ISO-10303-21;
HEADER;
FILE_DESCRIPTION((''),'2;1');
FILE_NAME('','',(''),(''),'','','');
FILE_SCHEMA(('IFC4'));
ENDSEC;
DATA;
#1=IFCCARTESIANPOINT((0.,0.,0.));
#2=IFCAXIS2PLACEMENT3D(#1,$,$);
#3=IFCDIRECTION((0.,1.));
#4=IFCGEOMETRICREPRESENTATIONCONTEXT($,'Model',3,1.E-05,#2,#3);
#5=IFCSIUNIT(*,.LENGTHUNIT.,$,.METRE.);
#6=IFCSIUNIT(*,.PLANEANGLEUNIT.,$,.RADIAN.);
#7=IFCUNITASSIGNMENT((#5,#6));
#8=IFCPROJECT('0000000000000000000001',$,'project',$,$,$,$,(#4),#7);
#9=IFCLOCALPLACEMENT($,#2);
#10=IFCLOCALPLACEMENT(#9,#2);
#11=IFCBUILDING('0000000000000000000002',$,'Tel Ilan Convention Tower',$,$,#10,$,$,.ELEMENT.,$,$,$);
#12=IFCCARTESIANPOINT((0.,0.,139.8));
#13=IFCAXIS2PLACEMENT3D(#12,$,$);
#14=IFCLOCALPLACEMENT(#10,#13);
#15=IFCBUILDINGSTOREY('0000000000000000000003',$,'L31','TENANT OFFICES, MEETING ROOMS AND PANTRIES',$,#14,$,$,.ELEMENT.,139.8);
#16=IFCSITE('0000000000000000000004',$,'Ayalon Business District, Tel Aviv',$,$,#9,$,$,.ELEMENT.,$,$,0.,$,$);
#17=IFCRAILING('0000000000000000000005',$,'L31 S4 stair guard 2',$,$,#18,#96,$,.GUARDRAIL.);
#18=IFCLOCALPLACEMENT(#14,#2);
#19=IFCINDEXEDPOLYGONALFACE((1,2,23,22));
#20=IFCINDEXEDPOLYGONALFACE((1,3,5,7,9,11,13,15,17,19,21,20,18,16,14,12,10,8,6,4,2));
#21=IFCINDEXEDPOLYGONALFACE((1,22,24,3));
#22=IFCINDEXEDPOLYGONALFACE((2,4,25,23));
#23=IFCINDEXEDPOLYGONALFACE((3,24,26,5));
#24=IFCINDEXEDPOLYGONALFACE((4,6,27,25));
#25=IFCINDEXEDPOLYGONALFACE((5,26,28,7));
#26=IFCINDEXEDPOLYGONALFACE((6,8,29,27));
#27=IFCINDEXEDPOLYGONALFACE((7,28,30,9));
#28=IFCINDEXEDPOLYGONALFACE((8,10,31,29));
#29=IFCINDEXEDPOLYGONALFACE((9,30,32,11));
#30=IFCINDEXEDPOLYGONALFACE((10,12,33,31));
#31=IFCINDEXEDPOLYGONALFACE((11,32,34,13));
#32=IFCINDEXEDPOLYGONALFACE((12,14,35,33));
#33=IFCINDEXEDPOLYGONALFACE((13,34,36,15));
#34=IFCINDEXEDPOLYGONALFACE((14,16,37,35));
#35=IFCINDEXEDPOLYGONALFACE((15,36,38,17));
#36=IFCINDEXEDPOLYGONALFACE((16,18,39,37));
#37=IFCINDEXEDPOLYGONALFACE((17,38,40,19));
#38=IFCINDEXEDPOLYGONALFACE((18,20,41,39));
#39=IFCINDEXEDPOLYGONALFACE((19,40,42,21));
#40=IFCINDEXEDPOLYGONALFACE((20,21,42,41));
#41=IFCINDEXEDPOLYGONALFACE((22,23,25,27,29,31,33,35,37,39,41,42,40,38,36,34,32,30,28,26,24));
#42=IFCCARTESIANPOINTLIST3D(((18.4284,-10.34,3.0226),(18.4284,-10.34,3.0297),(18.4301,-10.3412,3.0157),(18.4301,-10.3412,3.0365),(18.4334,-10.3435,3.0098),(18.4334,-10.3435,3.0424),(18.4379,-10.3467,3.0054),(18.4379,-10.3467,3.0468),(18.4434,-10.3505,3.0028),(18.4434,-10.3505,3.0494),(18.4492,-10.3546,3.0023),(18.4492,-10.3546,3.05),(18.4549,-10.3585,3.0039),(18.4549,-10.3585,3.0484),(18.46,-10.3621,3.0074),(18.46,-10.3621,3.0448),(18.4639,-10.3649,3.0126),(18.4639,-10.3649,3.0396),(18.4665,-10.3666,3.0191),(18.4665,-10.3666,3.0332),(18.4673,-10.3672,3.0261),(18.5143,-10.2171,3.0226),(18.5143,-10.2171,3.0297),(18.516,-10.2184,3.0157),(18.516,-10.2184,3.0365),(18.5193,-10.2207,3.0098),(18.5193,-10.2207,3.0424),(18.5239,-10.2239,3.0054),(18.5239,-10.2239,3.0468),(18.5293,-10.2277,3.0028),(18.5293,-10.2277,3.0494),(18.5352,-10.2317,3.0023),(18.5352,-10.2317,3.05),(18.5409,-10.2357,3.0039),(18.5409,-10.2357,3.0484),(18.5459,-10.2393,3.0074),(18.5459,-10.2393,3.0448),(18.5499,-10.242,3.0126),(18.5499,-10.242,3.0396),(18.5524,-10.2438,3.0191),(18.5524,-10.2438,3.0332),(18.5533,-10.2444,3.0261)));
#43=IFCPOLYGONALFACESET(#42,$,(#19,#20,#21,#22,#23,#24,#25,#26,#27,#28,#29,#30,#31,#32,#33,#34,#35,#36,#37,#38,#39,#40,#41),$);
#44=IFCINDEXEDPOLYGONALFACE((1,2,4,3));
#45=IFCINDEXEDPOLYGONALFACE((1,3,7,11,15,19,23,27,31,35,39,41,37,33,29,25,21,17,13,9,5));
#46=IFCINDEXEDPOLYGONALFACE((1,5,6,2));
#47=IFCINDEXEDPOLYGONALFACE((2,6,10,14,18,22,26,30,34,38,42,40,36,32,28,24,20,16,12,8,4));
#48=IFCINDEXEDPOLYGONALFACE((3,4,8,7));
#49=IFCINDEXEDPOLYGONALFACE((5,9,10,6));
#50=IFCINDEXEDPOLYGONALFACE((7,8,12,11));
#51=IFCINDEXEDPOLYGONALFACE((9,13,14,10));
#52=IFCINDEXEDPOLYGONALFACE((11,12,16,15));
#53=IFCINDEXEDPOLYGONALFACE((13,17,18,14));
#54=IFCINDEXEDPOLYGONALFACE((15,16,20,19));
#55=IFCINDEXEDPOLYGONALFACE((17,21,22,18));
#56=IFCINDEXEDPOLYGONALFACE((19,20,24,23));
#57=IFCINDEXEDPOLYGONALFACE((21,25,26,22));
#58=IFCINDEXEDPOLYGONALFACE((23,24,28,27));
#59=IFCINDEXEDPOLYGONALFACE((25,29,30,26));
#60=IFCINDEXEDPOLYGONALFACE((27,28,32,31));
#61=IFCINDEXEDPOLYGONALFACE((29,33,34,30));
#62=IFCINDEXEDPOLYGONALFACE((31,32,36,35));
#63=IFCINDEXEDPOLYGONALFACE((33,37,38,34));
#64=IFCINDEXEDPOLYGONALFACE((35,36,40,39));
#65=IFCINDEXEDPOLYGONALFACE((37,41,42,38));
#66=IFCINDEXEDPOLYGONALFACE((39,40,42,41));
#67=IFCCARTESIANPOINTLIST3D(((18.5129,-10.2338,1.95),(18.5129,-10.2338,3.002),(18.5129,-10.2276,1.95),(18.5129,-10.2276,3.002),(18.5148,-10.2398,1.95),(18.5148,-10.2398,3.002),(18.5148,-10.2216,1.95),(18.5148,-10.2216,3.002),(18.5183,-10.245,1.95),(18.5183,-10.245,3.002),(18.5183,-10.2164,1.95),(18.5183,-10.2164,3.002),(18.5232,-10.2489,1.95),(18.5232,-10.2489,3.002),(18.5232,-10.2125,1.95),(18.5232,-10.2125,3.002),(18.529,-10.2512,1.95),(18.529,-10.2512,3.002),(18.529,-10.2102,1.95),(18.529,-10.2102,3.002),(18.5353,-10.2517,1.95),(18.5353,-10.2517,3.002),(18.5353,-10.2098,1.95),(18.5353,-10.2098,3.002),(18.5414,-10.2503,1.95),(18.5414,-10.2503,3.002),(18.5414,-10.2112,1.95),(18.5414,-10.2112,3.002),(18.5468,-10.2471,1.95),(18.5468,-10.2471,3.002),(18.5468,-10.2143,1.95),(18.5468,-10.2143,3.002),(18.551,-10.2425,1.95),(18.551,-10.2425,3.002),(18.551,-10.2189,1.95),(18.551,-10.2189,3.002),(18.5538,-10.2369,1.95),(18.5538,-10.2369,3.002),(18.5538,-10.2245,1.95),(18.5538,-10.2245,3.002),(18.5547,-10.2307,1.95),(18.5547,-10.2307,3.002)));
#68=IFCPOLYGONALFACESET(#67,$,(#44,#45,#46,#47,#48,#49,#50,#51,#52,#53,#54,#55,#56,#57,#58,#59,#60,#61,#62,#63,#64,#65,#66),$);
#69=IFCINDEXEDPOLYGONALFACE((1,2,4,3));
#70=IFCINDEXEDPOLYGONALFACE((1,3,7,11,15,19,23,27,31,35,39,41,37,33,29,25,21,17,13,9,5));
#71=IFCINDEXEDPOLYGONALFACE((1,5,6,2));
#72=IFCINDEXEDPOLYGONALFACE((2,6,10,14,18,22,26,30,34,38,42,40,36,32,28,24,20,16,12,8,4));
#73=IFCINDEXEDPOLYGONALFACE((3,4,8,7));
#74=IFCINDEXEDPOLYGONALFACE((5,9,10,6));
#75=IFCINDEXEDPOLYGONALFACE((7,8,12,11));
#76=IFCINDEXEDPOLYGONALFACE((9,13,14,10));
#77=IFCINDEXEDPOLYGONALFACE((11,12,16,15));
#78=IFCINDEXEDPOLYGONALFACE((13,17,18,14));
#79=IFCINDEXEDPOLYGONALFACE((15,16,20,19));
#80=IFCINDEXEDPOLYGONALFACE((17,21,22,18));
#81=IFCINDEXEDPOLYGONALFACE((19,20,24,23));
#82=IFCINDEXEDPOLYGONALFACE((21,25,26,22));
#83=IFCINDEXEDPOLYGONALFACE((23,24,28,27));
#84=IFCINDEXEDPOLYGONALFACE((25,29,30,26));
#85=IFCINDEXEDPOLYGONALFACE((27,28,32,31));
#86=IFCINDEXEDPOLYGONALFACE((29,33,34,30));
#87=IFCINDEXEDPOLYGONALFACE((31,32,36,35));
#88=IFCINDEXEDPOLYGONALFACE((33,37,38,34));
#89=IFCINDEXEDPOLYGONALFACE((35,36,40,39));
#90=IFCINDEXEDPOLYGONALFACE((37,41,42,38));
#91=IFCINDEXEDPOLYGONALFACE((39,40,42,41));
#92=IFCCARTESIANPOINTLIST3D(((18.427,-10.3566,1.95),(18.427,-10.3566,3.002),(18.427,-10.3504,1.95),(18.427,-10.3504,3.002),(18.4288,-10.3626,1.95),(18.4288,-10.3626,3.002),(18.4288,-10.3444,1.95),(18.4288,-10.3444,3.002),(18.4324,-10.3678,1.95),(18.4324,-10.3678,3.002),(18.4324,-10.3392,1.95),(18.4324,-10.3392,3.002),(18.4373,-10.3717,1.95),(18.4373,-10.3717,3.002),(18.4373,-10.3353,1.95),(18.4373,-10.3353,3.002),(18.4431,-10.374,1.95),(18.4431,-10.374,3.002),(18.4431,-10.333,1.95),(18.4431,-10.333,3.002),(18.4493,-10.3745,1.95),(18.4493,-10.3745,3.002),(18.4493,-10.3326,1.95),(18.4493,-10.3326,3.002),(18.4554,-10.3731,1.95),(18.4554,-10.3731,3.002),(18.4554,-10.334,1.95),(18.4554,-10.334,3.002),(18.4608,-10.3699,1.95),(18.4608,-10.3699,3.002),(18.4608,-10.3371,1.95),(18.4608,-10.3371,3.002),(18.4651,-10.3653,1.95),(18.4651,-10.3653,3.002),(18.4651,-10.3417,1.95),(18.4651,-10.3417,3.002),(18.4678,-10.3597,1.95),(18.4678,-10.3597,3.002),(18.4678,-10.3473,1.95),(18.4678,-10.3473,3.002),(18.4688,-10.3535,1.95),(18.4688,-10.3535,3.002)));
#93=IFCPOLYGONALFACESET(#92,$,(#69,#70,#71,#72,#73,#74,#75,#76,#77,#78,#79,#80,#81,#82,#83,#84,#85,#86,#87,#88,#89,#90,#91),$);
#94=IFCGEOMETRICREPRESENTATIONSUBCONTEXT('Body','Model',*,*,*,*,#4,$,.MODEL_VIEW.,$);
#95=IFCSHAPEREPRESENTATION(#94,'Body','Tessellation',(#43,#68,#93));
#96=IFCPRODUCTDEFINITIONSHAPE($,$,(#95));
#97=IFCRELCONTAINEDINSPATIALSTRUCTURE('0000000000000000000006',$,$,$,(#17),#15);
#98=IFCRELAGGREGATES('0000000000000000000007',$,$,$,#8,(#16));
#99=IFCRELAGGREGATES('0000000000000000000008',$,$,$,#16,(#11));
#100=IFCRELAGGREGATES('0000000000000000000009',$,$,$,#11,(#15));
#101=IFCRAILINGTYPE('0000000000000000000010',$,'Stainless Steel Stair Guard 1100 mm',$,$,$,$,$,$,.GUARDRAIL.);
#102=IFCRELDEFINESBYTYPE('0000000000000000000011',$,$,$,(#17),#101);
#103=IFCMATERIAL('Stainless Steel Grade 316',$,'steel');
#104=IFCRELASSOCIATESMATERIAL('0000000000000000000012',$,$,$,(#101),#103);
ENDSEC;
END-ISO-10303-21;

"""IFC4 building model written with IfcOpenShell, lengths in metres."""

from ifc_helpers import new_model, si_unit, direction, frame, origin, origin_2d, place, context, subcontext, project, spatial, circle, extrude, material, type_object, element, save


model = new_model("IFC4")

# Units and contexts
model_context = context("Model", 3, precision=1e-05, world=origin(), true_north=direction((0.0, 1.0)))
body_context = subcontext(model_context, "Body", "Model", "MODEL_VIEW")
ifc_project = project(units=[si_unit("LENGTHUNIT", "METRE"), si_unit("PLANEANGLEUNIT", "RADIAN")], contexts=[model_context])

# Site, building, storey
site_placement = place(None, origin())
site = spatial("IfcSite", under=ifc_project, at=site_placement, Name="Ayalon Business District, Tel Aviv", CompositionType="ELEMENT", RefElevation=0.0)
building_placement = place(site_placement, origin())
building = spatial("IfcBuilding", under=site, at=building_placement, Name="Tel Ilan Convention Tower", CompositionType="ELEMENT")
storey_placement = place(building_placement, frame((0.0, 0.0, 139.8)))
storey = spatial("IfcBuildingStorey", under=building, at=storey_placement, Name="L31", Description="TENANT OFFICES, MEETING ROOMS AND PANTRIES", CompositionType="ELEMENT", Elevation=139.8)

# Railing
ifc_material_1 = material(Name="Stainless Steel Grade 316", Category="steel")
railing_type_1 = type_object("IfcRailingType", Name="Stainless Steel Stair Guard 1100 mm", PredefinedType="GUARDRAIL", material=ifc_material_1)
railing_1_placement = place(storey_placement, frame((18.5337, -10.2307, 1.95)))
element("IfcRailing", 1, at=railing_1_placement, inside=storey, type_object=railing_type_1, Name="L31 S4 stair guard 2", PredefinedType="GUARDRAIL", context=body_context, shape_type="SweptSolid", body=[
    extrude(circle(Radius=0.0239, at=origin_2d()), frame((0.0, 0.0, 1.0762), z_axis=(-0.573353, -0.819308, 0.0), x_axis=(0.819308, -0.573353, 0.0)), (0.0, 0.0, 1.0), 0.1499),
    extrude(circle(Radius=0.021, at=origin_2d()), origin(), (0.0, 0.0, 1.0), 1.052),
    extrude(circle(Radius=0.021, at=origin_2d()), frame((-0.0859, -0.1228, 0.0)), (0.0, 0.0, 1.0), 1.052),
])

save(model, "model.ifc")
